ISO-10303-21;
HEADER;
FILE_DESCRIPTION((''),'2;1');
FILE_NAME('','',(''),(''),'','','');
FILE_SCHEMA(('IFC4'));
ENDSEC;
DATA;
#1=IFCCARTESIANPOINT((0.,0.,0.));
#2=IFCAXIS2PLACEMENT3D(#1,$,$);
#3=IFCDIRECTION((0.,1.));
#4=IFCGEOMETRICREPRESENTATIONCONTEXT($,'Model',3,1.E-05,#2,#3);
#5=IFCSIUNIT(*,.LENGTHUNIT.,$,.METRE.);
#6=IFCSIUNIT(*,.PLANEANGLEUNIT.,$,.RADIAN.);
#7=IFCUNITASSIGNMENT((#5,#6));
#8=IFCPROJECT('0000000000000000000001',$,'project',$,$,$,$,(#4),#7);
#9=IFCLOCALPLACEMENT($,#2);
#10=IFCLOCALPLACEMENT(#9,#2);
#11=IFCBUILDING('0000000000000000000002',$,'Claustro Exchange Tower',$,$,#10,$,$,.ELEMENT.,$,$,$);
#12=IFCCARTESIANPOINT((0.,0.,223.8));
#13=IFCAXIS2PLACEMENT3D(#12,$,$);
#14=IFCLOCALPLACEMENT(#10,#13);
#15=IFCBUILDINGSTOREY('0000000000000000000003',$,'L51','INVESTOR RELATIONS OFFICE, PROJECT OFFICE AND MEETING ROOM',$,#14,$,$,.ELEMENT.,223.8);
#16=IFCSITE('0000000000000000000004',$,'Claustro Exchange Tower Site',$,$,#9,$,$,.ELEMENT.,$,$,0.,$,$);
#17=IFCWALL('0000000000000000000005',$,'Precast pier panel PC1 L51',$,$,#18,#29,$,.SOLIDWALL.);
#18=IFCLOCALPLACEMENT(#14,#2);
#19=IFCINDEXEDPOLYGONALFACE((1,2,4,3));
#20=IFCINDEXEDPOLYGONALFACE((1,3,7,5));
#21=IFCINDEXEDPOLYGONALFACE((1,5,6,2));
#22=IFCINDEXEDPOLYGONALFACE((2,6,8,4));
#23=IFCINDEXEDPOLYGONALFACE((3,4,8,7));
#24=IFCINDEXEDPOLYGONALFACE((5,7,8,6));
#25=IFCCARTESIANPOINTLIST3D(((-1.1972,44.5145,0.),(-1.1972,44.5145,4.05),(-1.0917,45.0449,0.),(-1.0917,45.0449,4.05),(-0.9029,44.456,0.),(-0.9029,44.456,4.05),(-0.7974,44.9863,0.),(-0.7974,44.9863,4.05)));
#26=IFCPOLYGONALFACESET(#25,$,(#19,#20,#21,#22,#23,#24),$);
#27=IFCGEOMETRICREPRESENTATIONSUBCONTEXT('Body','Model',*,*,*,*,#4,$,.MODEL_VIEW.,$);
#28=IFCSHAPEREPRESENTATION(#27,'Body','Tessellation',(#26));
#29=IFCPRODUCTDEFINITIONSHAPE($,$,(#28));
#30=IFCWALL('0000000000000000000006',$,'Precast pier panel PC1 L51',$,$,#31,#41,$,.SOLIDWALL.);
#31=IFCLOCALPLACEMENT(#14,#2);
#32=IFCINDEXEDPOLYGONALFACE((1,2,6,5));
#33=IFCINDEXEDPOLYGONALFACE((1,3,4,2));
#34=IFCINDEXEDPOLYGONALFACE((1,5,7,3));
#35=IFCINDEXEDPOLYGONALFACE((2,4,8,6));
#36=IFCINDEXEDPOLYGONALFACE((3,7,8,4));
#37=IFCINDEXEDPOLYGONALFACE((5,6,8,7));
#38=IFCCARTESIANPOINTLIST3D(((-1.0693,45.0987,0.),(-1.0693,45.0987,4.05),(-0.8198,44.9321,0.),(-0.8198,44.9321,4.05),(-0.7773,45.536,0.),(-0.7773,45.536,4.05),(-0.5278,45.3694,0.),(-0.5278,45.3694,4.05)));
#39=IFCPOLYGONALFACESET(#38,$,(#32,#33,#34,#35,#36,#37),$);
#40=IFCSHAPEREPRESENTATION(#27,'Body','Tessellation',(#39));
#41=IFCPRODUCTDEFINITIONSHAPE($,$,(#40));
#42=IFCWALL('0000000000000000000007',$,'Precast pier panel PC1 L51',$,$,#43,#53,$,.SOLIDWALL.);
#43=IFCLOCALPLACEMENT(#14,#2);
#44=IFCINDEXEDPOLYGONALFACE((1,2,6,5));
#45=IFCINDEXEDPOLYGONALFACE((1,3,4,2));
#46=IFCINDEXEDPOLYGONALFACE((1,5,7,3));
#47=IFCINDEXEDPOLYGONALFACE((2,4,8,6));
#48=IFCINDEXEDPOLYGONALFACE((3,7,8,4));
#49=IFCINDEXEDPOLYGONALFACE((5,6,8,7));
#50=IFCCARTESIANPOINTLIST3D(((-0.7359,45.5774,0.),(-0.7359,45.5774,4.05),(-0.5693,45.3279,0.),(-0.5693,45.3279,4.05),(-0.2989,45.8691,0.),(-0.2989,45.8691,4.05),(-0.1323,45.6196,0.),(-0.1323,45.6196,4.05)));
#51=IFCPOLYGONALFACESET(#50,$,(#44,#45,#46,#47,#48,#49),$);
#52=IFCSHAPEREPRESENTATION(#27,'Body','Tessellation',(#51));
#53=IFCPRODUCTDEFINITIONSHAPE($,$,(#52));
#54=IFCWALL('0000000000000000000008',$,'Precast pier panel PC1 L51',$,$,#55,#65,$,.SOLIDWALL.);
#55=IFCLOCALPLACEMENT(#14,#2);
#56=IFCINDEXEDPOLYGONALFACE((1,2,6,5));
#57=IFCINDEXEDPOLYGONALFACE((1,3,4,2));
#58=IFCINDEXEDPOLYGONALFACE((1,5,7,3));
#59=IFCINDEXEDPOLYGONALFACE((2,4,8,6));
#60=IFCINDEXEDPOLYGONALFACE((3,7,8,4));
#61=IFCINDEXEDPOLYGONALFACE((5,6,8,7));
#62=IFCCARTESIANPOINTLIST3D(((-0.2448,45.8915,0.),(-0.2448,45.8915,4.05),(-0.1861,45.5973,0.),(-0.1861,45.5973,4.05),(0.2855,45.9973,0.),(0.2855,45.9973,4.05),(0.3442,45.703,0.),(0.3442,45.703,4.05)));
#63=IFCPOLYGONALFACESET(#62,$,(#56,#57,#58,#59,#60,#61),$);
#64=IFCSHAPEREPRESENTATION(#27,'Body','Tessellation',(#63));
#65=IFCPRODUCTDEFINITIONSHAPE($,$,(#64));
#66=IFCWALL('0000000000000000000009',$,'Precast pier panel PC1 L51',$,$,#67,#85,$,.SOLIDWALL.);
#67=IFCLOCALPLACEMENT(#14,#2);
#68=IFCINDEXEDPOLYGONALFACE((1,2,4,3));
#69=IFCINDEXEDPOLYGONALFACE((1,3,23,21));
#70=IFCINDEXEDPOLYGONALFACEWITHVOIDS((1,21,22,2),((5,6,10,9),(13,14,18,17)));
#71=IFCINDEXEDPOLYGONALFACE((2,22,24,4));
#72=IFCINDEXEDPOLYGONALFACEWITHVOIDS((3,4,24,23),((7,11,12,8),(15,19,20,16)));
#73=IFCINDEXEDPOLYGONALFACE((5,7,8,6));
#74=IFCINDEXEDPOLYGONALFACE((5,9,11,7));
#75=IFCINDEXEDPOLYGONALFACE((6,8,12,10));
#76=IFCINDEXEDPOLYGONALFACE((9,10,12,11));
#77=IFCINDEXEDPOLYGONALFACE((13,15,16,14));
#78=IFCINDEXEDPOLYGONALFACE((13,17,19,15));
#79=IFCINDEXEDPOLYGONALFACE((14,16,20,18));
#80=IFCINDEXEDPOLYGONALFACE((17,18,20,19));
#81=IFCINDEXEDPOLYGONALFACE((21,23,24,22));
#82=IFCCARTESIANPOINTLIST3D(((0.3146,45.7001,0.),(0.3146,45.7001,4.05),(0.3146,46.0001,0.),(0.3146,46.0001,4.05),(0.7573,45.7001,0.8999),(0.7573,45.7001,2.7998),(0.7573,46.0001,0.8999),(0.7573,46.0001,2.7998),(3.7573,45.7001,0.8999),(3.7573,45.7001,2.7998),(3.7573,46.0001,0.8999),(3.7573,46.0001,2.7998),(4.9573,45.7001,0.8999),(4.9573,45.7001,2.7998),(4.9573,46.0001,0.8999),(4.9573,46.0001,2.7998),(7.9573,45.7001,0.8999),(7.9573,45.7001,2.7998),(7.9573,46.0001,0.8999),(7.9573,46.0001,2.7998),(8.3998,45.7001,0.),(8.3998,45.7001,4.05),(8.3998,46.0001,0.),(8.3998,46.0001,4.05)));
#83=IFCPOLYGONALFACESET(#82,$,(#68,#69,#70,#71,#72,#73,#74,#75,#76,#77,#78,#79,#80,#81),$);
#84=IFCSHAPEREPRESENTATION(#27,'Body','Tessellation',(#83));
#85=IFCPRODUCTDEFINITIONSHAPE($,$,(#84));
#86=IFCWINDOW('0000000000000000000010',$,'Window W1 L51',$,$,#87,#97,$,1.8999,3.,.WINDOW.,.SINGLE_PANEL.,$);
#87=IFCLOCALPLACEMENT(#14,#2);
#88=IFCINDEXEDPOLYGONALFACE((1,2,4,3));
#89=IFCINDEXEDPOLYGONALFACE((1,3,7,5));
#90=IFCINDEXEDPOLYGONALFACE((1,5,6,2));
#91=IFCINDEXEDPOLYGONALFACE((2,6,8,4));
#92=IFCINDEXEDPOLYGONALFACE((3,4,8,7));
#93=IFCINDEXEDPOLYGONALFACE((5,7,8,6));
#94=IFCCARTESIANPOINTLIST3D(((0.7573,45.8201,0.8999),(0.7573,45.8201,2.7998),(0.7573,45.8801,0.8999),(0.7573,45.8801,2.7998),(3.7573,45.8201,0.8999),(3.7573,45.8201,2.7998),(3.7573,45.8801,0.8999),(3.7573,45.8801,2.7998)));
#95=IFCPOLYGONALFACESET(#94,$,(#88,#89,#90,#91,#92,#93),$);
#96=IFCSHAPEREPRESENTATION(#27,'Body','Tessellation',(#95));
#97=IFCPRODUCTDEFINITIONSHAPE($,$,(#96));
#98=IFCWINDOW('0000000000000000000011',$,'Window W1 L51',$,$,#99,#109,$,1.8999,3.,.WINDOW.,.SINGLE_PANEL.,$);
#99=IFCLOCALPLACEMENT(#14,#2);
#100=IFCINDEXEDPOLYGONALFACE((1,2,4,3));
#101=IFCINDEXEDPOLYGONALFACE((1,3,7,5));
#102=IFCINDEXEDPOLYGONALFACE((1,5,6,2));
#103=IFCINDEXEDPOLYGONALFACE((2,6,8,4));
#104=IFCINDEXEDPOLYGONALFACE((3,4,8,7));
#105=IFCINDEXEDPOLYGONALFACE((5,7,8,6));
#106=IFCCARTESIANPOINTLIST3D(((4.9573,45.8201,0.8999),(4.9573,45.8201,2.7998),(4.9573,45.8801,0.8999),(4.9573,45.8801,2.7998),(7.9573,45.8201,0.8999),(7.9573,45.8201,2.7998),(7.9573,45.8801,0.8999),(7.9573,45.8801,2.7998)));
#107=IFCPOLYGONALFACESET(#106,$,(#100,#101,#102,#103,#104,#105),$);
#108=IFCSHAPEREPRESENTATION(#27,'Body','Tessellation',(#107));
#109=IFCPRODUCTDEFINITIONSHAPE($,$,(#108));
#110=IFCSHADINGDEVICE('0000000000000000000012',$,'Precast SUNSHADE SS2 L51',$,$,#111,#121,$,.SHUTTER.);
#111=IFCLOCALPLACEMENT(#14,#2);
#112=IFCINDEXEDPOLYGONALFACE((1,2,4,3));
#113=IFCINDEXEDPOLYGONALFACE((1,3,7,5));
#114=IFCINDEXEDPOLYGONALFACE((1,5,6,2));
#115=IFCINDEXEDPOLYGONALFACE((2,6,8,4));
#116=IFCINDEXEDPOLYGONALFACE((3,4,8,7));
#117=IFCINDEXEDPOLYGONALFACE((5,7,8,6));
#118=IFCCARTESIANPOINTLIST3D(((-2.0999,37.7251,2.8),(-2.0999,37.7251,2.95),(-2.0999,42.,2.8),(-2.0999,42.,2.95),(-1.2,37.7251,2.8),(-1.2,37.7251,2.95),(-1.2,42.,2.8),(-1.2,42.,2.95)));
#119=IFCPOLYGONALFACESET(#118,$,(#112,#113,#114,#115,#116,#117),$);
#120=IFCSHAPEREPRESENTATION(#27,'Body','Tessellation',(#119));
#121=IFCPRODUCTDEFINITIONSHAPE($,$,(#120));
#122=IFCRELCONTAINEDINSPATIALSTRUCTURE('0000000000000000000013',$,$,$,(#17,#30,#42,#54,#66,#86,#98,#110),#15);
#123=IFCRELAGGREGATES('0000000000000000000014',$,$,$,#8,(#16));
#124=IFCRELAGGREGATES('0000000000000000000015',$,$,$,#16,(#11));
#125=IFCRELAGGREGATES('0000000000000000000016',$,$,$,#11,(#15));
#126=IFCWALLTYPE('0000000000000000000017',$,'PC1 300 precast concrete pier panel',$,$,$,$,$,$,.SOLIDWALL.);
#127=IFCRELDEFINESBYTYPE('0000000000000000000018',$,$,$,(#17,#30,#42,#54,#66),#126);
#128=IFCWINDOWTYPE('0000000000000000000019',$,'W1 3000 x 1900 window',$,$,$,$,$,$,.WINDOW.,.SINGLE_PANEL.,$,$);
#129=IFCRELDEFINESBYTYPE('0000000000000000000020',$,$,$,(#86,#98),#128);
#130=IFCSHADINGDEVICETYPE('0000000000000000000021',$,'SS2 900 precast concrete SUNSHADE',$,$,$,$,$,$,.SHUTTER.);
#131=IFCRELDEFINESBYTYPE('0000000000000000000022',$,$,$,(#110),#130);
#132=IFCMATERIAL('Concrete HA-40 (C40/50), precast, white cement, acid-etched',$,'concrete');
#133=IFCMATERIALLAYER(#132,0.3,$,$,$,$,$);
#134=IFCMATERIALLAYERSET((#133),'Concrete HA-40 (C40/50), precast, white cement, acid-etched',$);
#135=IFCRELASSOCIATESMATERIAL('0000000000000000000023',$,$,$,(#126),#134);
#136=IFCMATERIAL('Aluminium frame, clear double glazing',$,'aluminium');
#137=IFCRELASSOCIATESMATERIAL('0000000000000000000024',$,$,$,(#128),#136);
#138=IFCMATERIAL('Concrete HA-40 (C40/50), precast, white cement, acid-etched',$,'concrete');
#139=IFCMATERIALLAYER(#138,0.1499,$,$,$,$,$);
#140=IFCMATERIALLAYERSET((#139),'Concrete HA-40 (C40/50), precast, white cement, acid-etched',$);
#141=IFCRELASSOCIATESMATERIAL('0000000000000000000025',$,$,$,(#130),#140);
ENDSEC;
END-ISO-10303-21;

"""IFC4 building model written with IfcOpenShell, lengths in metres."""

from ifc_helpers import new_model, si_unit, direction, frame, frame_2d, origin, origin_2d, place, context, subcontext, project, spatial, rectangle, extrude, material, layer, layer_set, type_object, element, fill, save


model = new_model("IFC4")

# Units and contexts
model_context = context("Model", 3, precision=1e-05, world=origin(), true_north=direction((0.0, 1.0)))
body_context = subcontext(model_context, "Body", "Model", "MODEL_VIEW")
ifc_project = project(units=[si_unit("LENGTHUNIT", "METRE"), si_unit("PLANEANGLEUNIT", "RADIAN")], contexts=[model_context])

# Site, building, storey
site_placement = place(None, origin())
site = spatial("IfcSite", under=ifc_project, at=site_placement, Name="Claustro Exchange Tower Site", CompositionType="ELEMENT", RefElevation=0.0)
building_placement = place(site_placement, origin())
building = spatial("IfcBuilding", under=site, at=building_placement, Name="Claustro Exchange Tower", CompositionType="ELEMENT")
storey_placement = place(building_placement, frame((0.0, 0.0, 223.8)))
storey = spatial("IfcBuildingStorey", under=building, at=storey_placement, Name="L51", Description="INVESTOR RELATIONS OFFICE, PROJECT OFFICE AND MEETING ROOM", CompositionType="ELEMENT", Elevation=223.8)

# Shared definitions
ifc_material_1 = material(Name="Concrete HA-40 (C40/50), precast, white cement, acid-etched", Category="concrete")
ifc_layer_1 = layer(ifc_material_1, 0.3)
ifc_layer_set_1 = layer_set([ifc_layer_1], Name="Concrete HA-40 (C40/50), precast, white cement, acid-etched")
wall_type_1 = type_object("IfcWallType", Name="PC1 300 precast concrete pier panel", PredefinedType="SOLIDWALL", material=ifc_layer_set_1)

# Walls
wall_1_placement = place(storey_placement, frame((-1.05, 44.4851, 0.0), z_axis=(0.0, 0.0, 1.0), x_axis=(0.195074, 0.980789, 0.0)))
element("IfcWall", 1, at=wall_1_placement, inside=storey, type_object=wall_type_1, Name="Precast pier panel PC1 L51", PredefinedType="SOLIDWALL", context=body_context, shape_type="SweptSolid", body=[
    extrude(rectangle(XDim=0.5408, YDim=0.3, at=frame_2d((0.2705, 0.0))), origin(), (0.0, 0.0, 1.0), 4.05),
])
wall_2_placement = place(storey_placement, frame((-0.9446, 45.0154, 0.0), z_axis=(0.0, 0.0, 1.0), x_axis=(0.555343, 0.831621, 0.0)))
element("IfcWall", 2, at=wall_2_placement, inside=storey, type_object=wall_type_1, Name="Precast pier panel PC1 L51", PredefinedType="SOLIDWALL", context=body_context, shape_type="SweptSolid", body=[
    extrude(rectangle(XDim=0.5259, YDim=0.3, at=frame_2d((0.2629, 0.0))), origin(), (0.0, 0.0, 1.0), 4.05),
])
wall_3_placement = place(storey_placement, frame((-0.6526, 45.4526, 0.0), z_axis=(0.0, 0.0, 1.0), x_axis=(0.831693, 0.555236, 0.0)))
element("IfcWall", 3, at=wall_3_placement, inside=storey, type_object=wall_type_1, Name="Precast pier panel PC1 L51", PredefinedType="SOLIDWALL", context=body_context, shape_type="SweptSolid", body=[
    extrude(rectangle(XDim=0.5254, YDim=0.3, at=frame_2d((0.2627, 0.0))), origin(), (0.0, 0.0, 1.0), 4.05),
])
wall_4_placement = place(storey_placement, frame((-0.2156, 45.7444, 0.0), z_axis=(0.0, 0.0, 1.0), x_axis=(0.980702, 0.195508, 0.0)))
element("IfcWall", 4, at=wall_4_placement, inside=storey, type_object=wall_type_1, Name="Precast pier panel PC1 L51", PredefinedType="SOLIDWALL", context=body_context, shape_type="SweptSolid", body=[
    extrude(rectangle(XDim=0.5408, YDim=0.3, at=frame_2d((0.2705, 0.0))), origin(), (0.0, 0.0, 1.0), 4.05),
])

# Wall, openings, windows
wall_5_placement = place(storey_placement, frame((0.3147, 45.8501, 0.0), z_axis=(0.0, 0.0, 1.0), x_axis=(1.0, 0.0, 0.0)))
wall_5 = element("IfcWall", 5, at=wall_5_placement, inside=storey, type_object=wall_type_1, Name="Precast pier panel PC1 L51", PredefinedType="SOLIDWALL", context=body_context, shape_type="SweptSolid", body=[
    extrude(rectangle(XDim=8.0852, YDim=0.3, at=frame_2d((4.0425, 0.0))), origin(), (0.0, 0.0, 1.0), 4.05),
])
opening_1_placement = place(wall_5_placement, frame((0.4426, 0.0, 0.8999)))
opening_1 = element("IfcOpeningElement", 6, at=opening_1_placement, cuts=wall_5, PredefinedType="OPENING", context=body_context, shape_type="SweptSolid", body=[
    extrude(rectangle(XDim=3.0, YDim=1.8999, at=frame_2d((1.5, 0.95))), frame((0.0, 0.1599, 0.0), z_axis=(0.0, -1.0, 0.0), x_axis=(1.0, 0.0, 0.0)), (0.0, 0.0, 1.0), 0.3201),
])
opening_2_placement = place(wall_5_placement, frame((4.6426, 0.0, 0.8999)))
opening_2 = element("IfcOpeningElement", 7, at=opening_2_placement, cuts=wall_5, PredefinedType="OPENING", context=body_context, shape_type="SweptSolid", body=[
    extrude(rectangle(XDim=3.0, YDim=1.8999, at=frame_2d((1.5, 0.95))), frame((0.0, 0.1599, 0.0), z_axis=(0.0, -1.0, 0.0), x_axis=(1.0, 0.0, 0.0)), (0.0, 0.0, 1.0), 0.3201),
])
ifc_material_2 = material(Name="Aluminium frame, clear double glazing", Category="aluminium")
window_type_1 = type_object("IfcWindowType", Name="W1 3000 x 1900 window", PartitioningType="SINGLE_PANEL", PredefinedType="WINDOW", material=ifc_material_2)
window_1_placement = place(opening_1_placement, origin())
window_1 = element("IfcWindow", 8, at=window_1_placement, inside=storey, type_object=window_type_1, Name="Window W1 L51", OverallHeight=1.8999, OverallWidth=3.0, PartitioningType="SINGLE_PANEL", PredefinedType="WINDOW", context=body_context, shape_type="SweptSolid", body=[
    extrude(rectangle(XDim=3.0, YDim=1.8999, at=frame_2d((1.5, 0.95))), frame((0.0, 0.03, 0.0), z_axis=(0.0, -1.0, 0.0), x_axis=(1.0, 0.0, 0.0)), (0.0, 0.0, 1.0), 0.0601),
])
fill(opening_1, window_1)
window_2_placement = place(opening_2_placement, origin())
window_2 = element("IfcWindow", 9, at=window_2_placement, inside=storey, type_object=window_type_1, Name="Window W1 L51", OverallHeight=1.8999, OverallWidth=3.0, PartitioningType="SINGLE_PANEL", PredefinedType="WINDOW", context=body_context, shape_type="SweptSolid", body=[
    extrude(rectangle(XDim=3.0, YDim=1.8999, at=frame_2d((1.5, 0.95))), frame((0.0, 0.03, 0.0), z_axis=(0.0, -1.0, 0.0), x_axis=(1.0, 0.0, 0.0)), (0.0, 0.0, 1.0), 0.0601),
])
fill(opening_2, window_2)

# Shading device
ifc_material_3 = material(Name="Concrete HA-40 (C40/50), precast, white cement, acid-etched", Category="concrete")
ifc_layer_2 = layer(ifc_material_3, 0.1499)
ifc_layer_set_2 = layer_set([ifc_layer_2], Name="Concrete HA-40 (C40/50), precast, white cement, acid-etched")
shading_device_type = type_object("IfcShadingDeviceType", Name="SS2 900 precast concrete SUNSHADE", PredefinedType="SHUTTER", material=ifc_layer_set_2)
shading_device_placement = place(storey_placement, frame((-1.6499, 39.8625, 2.8), z_axis=(0.0, 0.0, 1.0), x_axis=(0.0, 1.0, 0.0)))
element("IfcShadingDevice", 10, at=shading_device_placement, inside=storey, type_object=shading_device_type, Name="Precast SUNSHADE SS2 L51", PredefinedType="SHUTTER", context=body_context, shape_type="SweptSolid", body=[
    extrude(rectangle(XDim=4.2749, YDim=0.8999, at=origin_2d()), origin(), (0.0, 0.0, 1.0), 0.1499),
])

save(model, "model.ifc")
